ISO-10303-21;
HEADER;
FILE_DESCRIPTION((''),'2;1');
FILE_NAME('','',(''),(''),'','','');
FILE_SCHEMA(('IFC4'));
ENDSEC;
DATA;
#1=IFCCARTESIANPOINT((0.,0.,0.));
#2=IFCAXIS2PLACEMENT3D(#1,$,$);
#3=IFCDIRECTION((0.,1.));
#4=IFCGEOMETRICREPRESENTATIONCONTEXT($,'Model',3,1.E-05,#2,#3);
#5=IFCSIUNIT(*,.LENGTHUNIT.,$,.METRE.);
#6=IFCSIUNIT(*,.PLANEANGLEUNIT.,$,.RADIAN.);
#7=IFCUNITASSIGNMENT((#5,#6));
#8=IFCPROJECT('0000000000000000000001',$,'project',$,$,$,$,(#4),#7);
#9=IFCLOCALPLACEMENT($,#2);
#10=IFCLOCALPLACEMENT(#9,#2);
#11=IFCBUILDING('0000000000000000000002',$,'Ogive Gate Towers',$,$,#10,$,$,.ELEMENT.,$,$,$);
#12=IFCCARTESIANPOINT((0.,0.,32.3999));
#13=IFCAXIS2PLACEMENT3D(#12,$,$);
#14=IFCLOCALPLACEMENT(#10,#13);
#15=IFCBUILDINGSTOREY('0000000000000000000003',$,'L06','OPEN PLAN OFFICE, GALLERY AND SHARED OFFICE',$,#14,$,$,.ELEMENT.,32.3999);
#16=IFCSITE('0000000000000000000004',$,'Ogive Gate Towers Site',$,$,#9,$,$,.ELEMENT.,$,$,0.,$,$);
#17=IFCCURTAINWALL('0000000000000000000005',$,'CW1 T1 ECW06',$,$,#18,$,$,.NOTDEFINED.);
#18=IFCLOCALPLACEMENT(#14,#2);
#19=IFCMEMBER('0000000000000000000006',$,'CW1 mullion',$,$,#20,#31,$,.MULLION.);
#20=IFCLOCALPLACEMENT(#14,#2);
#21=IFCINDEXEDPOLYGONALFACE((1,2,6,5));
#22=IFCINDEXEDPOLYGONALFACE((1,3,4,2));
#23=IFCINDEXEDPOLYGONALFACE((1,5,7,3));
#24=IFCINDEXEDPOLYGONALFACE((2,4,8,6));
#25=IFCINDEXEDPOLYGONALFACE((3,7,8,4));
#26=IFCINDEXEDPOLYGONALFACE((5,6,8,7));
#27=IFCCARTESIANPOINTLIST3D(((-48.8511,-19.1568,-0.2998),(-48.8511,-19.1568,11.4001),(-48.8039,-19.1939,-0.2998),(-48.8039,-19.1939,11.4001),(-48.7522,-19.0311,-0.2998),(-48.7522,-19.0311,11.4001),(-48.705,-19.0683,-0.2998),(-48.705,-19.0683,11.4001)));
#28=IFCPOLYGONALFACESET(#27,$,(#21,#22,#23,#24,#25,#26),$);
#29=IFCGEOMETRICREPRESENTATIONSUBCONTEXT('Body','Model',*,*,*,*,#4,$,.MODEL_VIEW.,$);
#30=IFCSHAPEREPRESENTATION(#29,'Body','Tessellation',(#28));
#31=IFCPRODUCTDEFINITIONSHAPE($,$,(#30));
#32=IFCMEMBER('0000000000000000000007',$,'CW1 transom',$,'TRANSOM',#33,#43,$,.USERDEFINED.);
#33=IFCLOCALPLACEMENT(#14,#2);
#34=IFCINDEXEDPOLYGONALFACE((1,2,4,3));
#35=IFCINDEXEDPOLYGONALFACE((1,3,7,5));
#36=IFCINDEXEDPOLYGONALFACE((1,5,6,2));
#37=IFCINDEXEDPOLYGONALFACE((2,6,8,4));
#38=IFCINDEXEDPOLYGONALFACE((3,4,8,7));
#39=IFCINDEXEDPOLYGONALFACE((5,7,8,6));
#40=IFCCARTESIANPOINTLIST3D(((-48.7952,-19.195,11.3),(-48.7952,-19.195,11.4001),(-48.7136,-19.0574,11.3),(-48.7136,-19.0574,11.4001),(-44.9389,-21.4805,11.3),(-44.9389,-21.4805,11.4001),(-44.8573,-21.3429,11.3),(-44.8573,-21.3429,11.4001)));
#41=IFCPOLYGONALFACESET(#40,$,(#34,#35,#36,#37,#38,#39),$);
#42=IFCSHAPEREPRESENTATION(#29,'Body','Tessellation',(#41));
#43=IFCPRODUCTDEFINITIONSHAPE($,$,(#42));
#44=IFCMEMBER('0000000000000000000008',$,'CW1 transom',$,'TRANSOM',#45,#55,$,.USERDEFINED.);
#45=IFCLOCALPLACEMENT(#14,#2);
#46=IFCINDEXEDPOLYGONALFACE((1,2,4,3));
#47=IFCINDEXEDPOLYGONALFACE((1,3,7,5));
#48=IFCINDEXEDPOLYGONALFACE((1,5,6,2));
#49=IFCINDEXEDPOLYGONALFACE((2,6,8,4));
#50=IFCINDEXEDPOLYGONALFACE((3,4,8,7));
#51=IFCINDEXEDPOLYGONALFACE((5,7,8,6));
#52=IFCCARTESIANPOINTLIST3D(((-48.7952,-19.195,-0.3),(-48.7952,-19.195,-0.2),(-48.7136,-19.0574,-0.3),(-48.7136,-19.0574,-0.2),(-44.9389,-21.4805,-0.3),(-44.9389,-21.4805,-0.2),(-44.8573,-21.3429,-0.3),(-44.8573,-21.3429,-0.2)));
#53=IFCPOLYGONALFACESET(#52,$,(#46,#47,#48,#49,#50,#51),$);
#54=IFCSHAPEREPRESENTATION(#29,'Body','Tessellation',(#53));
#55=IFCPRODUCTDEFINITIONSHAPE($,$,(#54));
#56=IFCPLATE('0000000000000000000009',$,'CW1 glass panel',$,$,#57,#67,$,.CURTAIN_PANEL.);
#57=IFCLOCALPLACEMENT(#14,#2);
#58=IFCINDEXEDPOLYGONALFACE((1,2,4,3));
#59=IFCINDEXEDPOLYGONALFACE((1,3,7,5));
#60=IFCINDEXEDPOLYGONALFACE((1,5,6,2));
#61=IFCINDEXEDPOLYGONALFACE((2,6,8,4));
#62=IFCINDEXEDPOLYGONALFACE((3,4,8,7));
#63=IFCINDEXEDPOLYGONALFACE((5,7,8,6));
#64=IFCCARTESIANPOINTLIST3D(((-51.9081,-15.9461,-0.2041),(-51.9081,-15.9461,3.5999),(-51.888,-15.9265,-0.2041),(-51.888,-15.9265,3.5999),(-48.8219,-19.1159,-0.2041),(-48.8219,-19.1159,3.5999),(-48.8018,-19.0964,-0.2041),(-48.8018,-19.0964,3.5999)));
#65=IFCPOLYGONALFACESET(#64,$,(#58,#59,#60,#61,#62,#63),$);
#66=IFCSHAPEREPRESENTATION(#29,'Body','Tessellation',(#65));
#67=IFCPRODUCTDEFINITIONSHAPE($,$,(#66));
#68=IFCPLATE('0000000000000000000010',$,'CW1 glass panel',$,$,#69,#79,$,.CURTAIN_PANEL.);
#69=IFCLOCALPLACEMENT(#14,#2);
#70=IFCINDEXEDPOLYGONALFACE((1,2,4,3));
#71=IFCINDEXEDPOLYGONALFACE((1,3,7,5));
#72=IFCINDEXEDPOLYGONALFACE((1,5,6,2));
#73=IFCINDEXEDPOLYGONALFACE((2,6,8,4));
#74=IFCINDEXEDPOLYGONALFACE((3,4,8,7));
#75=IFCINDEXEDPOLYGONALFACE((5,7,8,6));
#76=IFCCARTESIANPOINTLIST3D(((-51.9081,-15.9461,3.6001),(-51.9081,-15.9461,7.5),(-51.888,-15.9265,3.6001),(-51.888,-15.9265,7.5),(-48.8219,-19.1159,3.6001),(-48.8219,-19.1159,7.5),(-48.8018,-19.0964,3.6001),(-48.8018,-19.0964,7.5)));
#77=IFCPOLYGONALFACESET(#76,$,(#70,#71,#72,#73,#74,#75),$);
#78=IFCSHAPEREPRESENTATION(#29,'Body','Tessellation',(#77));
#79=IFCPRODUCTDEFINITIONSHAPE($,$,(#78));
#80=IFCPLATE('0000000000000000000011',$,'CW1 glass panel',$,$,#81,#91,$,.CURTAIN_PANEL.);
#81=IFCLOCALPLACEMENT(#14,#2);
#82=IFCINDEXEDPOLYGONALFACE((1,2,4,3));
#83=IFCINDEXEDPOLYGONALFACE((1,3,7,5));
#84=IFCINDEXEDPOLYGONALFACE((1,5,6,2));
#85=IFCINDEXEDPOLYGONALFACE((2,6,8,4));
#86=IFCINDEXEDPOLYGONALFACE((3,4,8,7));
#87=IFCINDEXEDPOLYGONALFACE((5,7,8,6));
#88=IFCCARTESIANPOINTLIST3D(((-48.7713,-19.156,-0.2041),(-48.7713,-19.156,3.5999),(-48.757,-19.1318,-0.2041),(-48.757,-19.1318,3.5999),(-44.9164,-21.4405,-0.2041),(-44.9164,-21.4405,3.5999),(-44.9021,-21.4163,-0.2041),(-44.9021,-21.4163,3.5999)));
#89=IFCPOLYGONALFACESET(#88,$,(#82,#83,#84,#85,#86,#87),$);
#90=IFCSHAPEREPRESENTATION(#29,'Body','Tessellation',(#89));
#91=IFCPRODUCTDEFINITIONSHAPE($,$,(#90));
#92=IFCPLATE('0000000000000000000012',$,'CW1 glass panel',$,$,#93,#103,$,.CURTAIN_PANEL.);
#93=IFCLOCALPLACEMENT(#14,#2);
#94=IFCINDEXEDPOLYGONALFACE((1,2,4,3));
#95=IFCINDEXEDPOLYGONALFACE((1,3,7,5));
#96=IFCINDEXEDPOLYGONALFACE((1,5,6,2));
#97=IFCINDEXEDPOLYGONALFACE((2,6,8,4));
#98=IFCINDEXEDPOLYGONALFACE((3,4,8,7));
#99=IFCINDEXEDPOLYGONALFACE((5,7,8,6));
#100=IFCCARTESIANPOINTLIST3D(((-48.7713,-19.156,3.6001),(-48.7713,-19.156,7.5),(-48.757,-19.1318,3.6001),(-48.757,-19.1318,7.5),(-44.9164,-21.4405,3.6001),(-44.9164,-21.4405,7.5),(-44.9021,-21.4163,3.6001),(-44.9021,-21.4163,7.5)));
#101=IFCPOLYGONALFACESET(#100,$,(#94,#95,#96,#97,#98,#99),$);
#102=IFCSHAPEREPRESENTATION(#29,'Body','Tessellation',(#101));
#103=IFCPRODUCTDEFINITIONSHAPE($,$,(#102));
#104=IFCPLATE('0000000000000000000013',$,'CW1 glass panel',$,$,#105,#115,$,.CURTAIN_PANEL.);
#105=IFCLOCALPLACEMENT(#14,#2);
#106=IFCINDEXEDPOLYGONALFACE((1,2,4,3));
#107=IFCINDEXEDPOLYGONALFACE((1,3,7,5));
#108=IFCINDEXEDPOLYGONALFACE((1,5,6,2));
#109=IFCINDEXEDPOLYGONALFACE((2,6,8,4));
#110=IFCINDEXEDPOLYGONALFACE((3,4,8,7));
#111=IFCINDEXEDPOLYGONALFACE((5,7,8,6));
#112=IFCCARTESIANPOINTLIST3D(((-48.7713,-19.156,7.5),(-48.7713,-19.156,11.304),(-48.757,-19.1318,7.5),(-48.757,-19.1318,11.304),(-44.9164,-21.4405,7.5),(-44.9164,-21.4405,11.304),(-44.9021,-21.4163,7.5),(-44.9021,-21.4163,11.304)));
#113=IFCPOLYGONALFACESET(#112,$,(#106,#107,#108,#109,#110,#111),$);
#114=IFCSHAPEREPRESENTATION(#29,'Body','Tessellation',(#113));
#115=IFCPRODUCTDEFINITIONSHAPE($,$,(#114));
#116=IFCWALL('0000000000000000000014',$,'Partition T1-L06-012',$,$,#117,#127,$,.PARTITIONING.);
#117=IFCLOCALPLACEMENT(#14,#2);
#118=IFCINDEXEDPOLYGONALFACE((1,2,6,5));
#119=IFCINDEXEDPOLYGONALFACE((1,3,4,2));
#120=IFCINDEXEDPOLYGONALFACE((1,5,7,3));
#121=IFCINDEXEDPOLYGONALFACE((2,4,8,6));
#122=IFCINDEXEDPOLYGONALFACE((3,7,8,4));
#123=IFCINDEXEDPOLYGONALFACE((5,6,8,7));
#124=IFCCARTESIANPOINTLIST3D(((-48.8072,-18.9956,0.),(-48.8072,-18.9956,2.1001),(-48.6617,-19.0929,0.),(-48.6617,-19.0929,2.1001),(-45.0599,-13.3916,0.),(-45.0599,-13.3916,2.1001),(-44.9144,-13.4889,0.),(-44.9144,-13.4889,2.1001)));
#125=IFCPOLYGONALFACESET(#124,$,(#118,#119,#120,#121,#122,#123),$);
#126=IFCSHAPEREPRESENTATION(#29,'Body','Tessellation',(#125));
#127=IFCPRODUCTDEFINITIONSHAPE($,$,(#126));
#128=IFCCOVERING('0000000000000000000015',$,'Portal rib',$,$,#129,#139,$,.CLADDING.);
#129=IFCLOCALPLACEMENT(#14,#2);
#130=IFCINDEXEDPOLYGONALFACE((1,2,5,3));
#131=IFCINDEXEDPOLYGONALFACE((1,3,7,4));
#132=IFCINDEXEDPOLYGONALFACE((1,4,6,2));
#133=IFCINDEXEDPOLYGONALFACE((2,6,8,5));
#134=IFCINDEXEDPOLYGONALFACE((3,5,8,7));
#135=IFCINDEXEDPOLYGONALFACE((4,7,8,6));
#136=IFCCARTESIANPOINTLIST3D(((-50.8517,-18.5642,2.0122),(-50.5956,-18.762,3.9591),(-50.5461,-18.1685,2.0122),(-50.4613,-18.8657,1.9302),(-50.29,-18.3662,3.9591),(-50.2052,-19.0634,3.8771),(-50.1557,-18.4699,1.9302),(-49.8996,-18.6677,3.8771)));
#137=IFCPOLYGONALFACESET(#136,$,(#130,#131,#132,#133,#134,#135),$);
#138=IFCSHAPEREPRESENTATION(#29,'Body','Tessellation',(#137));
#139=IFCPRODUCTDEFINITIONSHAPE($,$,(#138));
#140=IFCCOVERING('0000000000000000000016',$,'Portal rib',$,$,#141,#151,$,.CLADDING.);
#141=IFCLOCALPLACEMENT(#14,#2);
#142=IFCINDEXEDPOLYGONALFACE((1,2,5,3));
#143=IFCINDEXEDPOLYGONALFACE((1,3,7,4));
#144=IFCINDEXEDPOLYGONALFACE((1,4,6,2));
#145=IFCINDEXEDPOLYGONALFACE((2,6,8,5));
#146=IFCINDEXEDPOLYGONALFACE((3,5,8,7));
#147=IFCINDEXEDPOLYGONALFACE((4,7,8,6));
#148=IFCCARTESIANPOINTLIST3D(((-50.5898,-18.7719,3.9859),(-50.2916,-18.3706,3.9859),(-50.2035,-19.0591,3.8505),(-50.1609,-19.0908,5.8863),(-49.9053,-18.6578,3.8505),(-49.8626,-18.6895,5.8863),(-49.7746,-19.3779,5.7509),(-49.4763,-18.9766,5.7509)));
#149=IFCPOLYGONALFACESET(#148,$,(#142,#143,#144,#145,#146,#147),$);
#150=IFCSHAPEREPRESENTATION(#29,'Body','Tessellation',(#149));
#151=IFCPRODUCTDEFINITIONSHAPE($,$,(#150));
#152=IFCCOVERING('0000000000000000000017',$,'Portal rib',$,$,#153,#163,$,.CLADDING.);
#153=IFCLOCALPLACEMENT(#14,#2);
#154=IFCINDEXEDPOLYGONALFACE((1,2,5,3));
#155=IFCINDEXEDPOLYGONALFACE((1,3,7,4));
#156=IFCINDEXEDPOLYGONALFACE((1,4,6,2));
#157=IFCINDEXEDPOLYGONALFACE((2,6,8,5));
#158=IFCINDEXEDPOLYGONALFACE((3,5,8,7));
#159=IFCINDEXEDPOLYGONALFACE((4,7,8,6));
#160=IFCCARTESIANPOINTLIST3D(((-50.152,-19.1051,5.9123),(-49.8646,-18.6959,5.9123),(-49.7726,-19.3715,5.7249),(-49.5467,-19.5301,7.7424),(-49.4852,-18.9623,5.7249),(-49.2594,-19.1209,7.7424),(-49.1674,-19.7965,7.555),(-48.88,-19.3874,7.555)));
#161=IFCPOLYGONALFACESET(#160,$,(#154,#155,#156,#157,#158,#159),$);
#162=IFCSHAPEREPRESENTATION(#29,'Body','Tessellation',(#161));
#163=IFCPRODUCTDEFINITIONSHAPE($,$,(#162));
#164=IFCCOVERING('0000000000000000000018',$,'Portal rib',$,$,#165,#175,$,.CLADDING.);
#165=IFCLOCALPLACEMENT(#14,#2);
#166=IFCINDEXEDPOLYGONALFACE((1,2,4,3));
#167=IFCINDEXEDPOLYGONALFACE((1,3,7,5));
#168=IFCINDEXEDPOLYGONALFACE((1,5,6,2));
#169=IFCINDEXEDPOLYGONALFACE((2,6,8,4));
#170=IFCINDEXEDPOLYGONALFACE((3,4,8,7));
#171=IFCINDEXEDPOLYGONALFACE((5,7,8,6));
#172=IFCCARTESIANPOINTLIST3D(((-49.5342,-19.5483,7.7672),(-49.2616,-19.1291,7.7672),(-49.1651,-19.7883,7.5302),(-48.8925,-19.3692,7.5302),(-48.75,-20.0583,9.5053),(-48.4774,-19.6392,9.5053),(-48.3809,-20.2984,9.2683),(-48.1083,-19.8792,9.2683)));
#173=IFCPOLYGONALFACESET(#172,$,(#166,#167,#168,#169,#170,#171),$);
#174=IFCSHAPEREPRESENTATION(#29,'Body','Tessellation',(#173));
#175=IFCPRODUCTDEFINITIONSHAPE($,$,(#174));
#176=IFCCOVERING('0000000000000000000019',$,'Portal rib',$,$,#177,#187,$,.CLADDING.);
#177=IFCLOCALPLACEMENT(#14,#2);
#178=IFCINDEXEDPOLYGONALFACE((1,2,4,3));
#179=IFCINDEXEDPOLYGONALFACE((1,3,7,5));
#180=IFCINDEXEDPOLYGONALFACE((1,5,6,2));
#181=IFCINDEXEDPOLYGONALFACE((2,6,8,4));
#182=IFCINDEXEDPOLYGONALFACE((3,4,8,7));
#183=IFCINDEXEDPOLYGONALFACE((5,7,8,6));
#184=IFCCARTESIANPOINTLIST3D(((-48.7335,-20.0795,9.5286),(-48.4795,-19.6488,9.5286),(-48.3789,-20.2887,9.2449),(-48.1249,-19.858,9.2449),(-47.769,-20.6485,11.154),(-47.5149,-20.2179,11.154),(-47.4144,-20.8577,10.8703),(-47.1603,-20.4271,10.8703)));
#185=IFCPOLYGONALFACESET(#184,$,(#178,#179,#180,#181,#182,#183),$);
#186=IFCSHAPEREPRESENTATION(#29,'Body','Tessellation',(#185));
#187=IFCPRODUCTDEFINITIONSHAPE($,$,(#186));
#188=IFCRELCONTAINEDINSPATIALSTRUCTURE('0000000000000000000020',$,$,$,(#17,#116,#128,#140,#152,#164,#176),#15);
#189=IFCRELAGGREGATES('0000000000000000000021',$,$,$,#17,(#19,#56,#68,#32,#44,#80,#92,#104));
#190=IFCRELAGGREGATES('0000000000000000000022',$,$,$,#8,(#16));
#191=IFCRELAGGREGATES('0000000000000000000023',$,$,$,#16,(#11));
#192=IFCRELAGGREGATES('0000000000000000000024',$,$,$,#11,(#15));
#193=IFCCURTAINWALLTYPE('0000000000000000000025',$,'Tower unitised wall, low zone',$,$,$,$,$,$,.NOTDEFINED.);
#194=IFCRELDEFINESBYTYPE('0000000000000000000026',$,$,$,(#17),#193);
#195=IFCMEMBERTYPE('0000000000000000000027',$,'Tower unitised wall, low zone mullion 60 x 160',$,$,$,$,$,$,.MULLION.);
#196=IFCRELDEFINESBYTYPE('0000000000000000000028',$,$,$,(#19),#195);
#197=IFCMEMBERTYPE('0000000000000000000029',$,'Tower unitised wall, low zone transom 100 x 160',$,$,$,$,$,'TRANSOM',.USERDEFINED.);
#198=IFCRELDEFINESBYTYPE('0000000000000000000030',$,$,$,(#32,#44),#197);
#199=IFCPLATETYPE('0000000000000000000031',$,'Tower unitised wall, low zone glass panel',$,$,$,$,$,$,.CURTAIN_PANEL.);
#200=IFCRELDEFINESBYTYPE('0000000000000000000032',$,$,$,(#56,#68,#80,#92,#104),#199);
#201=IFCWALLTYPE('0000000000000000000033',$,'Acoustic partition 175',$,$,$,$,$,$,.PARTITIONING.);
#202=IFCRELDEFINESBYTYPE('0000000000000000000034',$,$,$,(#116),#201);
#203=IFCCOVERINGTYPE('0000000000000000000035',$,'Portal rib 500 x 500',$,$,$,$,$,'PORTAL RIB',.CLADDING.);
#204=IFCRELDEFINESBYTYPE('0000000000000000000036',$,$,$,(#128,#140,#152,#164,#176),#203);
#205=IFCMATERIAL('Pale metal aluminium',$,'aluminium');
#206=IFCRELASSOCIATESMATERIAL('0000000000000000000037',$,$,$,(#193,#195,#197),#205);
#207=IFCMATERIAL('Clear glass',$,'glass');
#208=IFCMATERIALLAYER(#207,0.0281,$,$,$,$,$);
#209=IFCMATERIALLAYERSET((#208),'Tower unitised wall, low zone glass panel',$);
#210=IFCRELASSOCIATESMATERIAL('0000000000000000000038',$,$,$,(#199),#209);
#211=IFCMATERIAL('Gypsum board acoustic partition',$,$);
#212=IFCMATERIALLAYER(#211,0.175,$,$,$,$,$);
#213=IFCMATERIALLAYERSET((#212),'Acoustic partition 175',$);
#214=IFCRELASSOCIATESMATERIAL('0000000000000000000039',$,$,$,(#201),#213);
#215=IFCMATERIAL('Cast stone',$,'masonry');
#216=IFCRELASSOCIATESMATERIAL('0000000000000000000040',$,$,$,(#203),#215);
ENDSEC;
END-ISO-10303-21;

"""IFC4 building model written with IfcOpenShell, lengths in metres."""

from ifc_helpers import new_model, si_unit, direction, frame, frame_2d, origin, origin_2d, place, context, subcontext, project, spatial, rectangle, extrude, material, layer, layer_set, material_profile, profile_set, type_object, element, aggregate, save


model = new_model("IFC4")

# Units and contexts
model_context = context("Model", 3, precision=1e-05, world=origin(), true_north=direction((0.0, 1.0)))
body_context = subcontext(model_context, "Body", "Model", "MODEL_VIEW")
ifc_project = project(units=[si_unit("LENGTHUNIT", "METRE"), si_unit("PLANEANGLEUNIT", "RADIAN")], contexts=[model_context])

# Site, building, storey
site_placement = place(None, origin())
site = spatial("IfcSite", under=ifc_project, at=site_placement, Name="Ogive Gate Towers Site", CompositionType="ELEMENT", RefElevation=0.0)
building_placement = place(site_placement, origin())
building = spatial("IfcBuilding", under=site, at=building_placement, Name="Ogive Gate Towers", CompositionType="ELEMENT")
storey_placement = place(building_placement, frame((0.0, 0.0, 32.3999)))
storey = spatial("IfcBuildingStorey", under=building, at=storey_placement, Name="L06", Description="OPEN PLAN OFFICE, GALLERY AND SHARED OFFICE", CompositionType="ELEMENT", Elevation=32.3999)

# Curtain wall, members, plates
ifc_material_1 = material(Name="Pale metal aluminium", Category="aluminium")
curtain_wall_type = type_object("IfcCurtainWallType", Name="Tower unitised wall, low zone", PredefinedType="NOTDEFINED", material=ifc_material_1)
curtain_wall_placement = place(storey_placement, origin())
curtain_wall = element("IfcCurtainWall", 1, at=curtain_wall_placement, inside=storey, type_object=curtain_wall_type, Name="CW1 T1 ECW06", PredefinedType="NOTDEFINED")
ifc_material_profile_1 = material_profile(ifc_material_1, rectangle(XDim=0.1599, YDim=0.0601, at=origin_2d()), Name="60 x 160 aluminium box")
ifc_profile_set_1 = profile_set([ifc_material_profile_1], Name="Pale metal aluminium")
member_type_1 = type_object("IfcMemberType", Name="Tower unitised wall, low zone mullion 60 x 160", PredefinedType="MULLION", material=ifc_profile_set_1)
member_1_placement = place(storey_placement, frame((-48.7781, -19.1125, -0.2998), z_axis=(0.0, 0.0, 1.0), x_axis=(-0.618532, -0.78576, 0.0)))
member_1 = element("IfcMember", 2, at=member_1_placement, type_object=member_type_1, Name="CW1 mullion", PredefinedType="MULLION", context=body_context, shape_type="SweptSolid", body=[
    extrude(rectangle(XDim=0.1599, YDim=0.0601, at=origin_2d()), origin(), (0.0, 0.0, 1.0), 11.7),
])
ifc_material_profile_2 = material_profile(ifc_material_1, rectangle(XDim=0.1599, YDim=0.1001, at=origin_2d()), Name="100 x 160 aluminium box")
ifc_profile_set_2 = profile_set([ifc_material_profile_2], Name="Pale metal aluminium")
member_type_2 = type_object("IfcMemberType", Name="Tower unitised wall, low zone transom 100 x 160", ElementType="TRANSOM", PredefinedType="USERDEFINED", material=ifc_profile_set_2)
member_2_placement = place(storey_placement, frame((-48.7544, -19.1262, 11.3501), z_axis=(0.860268, -0.509843, 0.0), x_axis=(0.509843, 0.860268, 0.0)))
member_2 = element("IfcMember", 3, at=member_2_placement, type_object=member_type_2, Name="CW1 transom", ObjectType="TRANSOM", PredefinedType="USERDEFINED", context=body_context, shape_type="SweptSolid", body=[
    extrude(rectangle(XDim=0.1599, YDim=0.1001, at=origin_2d()), origin(), (0.0, 0.0, 1.0), 4.4827),
])
member_3_placement = place(storey_placement, frame((-48.7544, -19.1262, -0.25), z_axis=(0.860268, -0.509843, 0.0), x_axis=(0.509843, 0.860268, 0.0)))
member_3 = element("IfcMember", 4, at=member_3_placement, type_object=member_type_2, Name="CW1 transom", ObjectType="TRANSOM", PredefinedType="USERDEFINED", context=body_context, shape_type="SweptSolid", body=[
    extrude(rectangle(XDim=0.1599, YDim=0.1001, at=origin_2d()), origin(), (0.0, 0.0, 1.0), 4.4827),
])
ifc_material_2 = material(Name="Clear glass", Category="glass")
ifc_layer_1 = layer(ifc_material_2, 0.0281)
ifc_layer_set_1 = layer_set([ifc_layer_1], Name="Tower unitised wall, low zone glass panel")
plate_type = type_object("IfcPlateType", Name="Tower unitised wall, low zone glass panel", PredefinedType="CURTAIN_PANEL", material=ifc_layer_set_1)
plate_1_placement = place(storey_placement, frame((-50.355, -17.5212, -0.2041), z_axis=(0.0, 0.0, 1.0), x_axis=(0.69759, -0.716497, 0.0)))
plate_1 = element("IfcPlate", 5, at=plate_1_placement, type_object=plate_type, Name="CW1 glass panel", PredefinedType="CURTAIN_PANEL", context=body_context, shape_type="SweptSolid", body=[
    extrude(rectangle(XDim=4.4241, YDim=0.0281, at=origin_2d()), origin(), (0.0, 0.0, 1.0), 3.804),
])
plate_2_placement = place(storey_placement, frame((-50.355, -17.5212, 3.6001), z_axis=(0.0, 0.0, 1.0), x_axis=(0.69759, -0.716497, 0.0)))
plate_2 = element("IfcPlate", 6, at=plate_2_placement, type_object=plate_type, Name="CW1 glass panel", PredefinedType="CURTAIN_PANEL", context=body_context, shape_type="SweptSolid", body=[
    extrude(rectangle(XDim=4.4241, YDim=0.0281, at=origin_2d()), origin(), (0.0, 0.0, 1.0), 3.8999),
])
plate_3_placement = place(storey_placement, frame((-46.8367, -20.2861, -0.2041), z_axis=(0.0, 0.0, 1.0), x_axis=(0.86028, -0.509822, 0.0)))
plate_3 = element("IfcPlate", 7, at=plate_3_placement, type_object=plate_type, Name="CW1 glass panel", PredefinedType="CURTAIN_PANEL", context=body_context, shape_type="SweptSolid", body=[
    extrude(rectangle(XDim=4.481, YDim=0.0281, at=origin_2d()), origin(), (0.0, 0.0, 1.0), 3.804),
])
plate_4_placement = place(storey_placement, frame((-46.8367, -20.2861, 3.6001), z_axis=(0.0, 0.0, 1.0), x_axis=(0.86028, -0.509822, 0.0)))
plate_4 = element("IfcPlate", 8, at=plate_4_placement, type_object=plate_type, Name="CW1 glass panel", PredefinedType="CURTAIN_PANEL", context=body_context, shape_type="SweptSolid", body=[
    extrude(rectangle(XDim=4.481, YDim=0.0281, at=origin_2d()), origin(), (0.0, 0.0, 1.0), 3.8999),
])
plate_5_placement = place(storey_placement, frame((-46.8367, -20.2861, 7.5), z_axis=(0.0, 0.0, 1.0), x_axis=(0.86028, -0.509822, 0.0)))
plate_5 = element("IfcPlate", 9, at=plate_5_placement, type_object=plate_type, Name="CW1 glass panel", PredefinedType="CURTAIN_PANEL", context=body_context, shape_type="SweptSolid", body=[
    extrude(rectangle(XDim=4.481, YDim=0.0281, at=origin_2d()), origin(), (0.0, 0.0, 1.0), 3.804),
])
aggregate(curtain_wall, [member_1, plate_1, plate_2, member_2, member_3, plate_3, plate_4, plate_5])

# Wall
ifc_material_3 = material(Name="Gypsum board acoustic partition")
ifc_layer_2 = layer(ifc_material_3, 0.175)
ifc_layer_set_2 = layer_set([ifc_layer_2], Name="Acoustic partition 175")
wall_type = type_object("IfcWallType", Name="Acoustic partition 175", PredefinedType="PARTITIONING", material=ifc_layer_set_2)
wall_placement = place(storey_placement, frame((-48.7344, -19.0442, 0.0), z_axis=(0.0, 0.0, 1.0), x_axis=(0.555861, 0.831275, 0.0)))
element("IfcWall", 10, at=wall_placement, inside=storey, type_object=wall_type, Name="Partition T1-L06-012", PredefinedType="PARTITIONING", context=body_context, shape_type="SweptSolid", body=[
    extrude(rectangle(XDim=6.7415, YDim=0.175, at=frame_2d((3.3706, 0.0))), origin(), (0.0, 0.0, 1.0), 2.1001),
])

# Coverings
ifc_material_4 = material(Name="Cast stone", Category="masonry")
ifc_material_profile_3 = material_profile(ifc_material_4, rectangle(XDim=0.5, YDim=0.5, at=origin_2d()), Name="500 x 500 cast stone")
ifc_profile_set_3 = profile_set([ifc_material_profile_3], Name="Cast stone")
covering_type = type_object("IfcCoveringType", Name="Portal rib 500 x 500", ElementType="PORTAL RIB", PredefinedType="CLADDING", material=ifc_profile_set_3)
covering_1_placement = place(storey_placement, frame((-50.5037, -18.5171, 1.9712), z_axis=(0.129756, -0.100193, 0.986471), x_axis=(0.611168, 0.791501, 0.0)))
element("IfcCovering", 11, at=covering_1_placement, inside=storey, type_object=covering_type, Name="Portal rib", PredefinedType="CLADDING", context=body_context, shape_type="SweptSolid", body=[
    extrude(rectangle(XDim=0.5, YDim=0.5, at=origin_2d()), origin(), (0.0, 0.0, 1.0), 1.9736),
])
covering_2_placement = place(storey_placement, frame((-50.2476, -18.7148, 3.9182), z_axis=(0.217289, -0.161514, 0.962652), x_axis=(0.596559, 0.802569, 0.0)))
element("IfcCovering", 12, at=covering_2_placement, inside=storey, type_object=covering_type, Name="Portal rib", PredefinedType="CLADDING", context=body_context, shape_type="SweptSolid", body=[
    extrude(rectangle(XDim=0.5, YDim=0.5, at=origin_2d()), origin(), (0.0, 0.0, 1.0), 1.9741),
])
for number, where, z_axis, x_axis, name in (
    (13, (-49.8186, -19.0337, 5.8186), (0.306619, -0.215338, 0.927154), (0.574725, 0.818347, 0.0), "Portal rib"),
    (14, (-49.2134, -19.4587, 7.6487), (0.397298, -0.258392, 0.880561), (0.545208, 0.8383, 0.0), "Portal rib"),
    (15, (-48.4292, -19.9688, 9.3867), (0.488661, -0.288299, 0.823464), (0.508134, 0.861278, 0.0), "Portal rib"),
):
    element("IfcCovering", number, at=place(storey_placement, frame(where, z_axis=z_axis, x_axis=x_axis)), inside=storey, type_object=covering_type, Name=name, PredefinedType="CLADDING", context=body_context, shape_type="SweptSolid", body=[
        extrude(rectangle(XDim=0.5, YDim=0.5, at=origin_2d()), origin(), (0.0, 0.0, 1.0), 1.9739),
    ])

save(model, "model.ifc")
